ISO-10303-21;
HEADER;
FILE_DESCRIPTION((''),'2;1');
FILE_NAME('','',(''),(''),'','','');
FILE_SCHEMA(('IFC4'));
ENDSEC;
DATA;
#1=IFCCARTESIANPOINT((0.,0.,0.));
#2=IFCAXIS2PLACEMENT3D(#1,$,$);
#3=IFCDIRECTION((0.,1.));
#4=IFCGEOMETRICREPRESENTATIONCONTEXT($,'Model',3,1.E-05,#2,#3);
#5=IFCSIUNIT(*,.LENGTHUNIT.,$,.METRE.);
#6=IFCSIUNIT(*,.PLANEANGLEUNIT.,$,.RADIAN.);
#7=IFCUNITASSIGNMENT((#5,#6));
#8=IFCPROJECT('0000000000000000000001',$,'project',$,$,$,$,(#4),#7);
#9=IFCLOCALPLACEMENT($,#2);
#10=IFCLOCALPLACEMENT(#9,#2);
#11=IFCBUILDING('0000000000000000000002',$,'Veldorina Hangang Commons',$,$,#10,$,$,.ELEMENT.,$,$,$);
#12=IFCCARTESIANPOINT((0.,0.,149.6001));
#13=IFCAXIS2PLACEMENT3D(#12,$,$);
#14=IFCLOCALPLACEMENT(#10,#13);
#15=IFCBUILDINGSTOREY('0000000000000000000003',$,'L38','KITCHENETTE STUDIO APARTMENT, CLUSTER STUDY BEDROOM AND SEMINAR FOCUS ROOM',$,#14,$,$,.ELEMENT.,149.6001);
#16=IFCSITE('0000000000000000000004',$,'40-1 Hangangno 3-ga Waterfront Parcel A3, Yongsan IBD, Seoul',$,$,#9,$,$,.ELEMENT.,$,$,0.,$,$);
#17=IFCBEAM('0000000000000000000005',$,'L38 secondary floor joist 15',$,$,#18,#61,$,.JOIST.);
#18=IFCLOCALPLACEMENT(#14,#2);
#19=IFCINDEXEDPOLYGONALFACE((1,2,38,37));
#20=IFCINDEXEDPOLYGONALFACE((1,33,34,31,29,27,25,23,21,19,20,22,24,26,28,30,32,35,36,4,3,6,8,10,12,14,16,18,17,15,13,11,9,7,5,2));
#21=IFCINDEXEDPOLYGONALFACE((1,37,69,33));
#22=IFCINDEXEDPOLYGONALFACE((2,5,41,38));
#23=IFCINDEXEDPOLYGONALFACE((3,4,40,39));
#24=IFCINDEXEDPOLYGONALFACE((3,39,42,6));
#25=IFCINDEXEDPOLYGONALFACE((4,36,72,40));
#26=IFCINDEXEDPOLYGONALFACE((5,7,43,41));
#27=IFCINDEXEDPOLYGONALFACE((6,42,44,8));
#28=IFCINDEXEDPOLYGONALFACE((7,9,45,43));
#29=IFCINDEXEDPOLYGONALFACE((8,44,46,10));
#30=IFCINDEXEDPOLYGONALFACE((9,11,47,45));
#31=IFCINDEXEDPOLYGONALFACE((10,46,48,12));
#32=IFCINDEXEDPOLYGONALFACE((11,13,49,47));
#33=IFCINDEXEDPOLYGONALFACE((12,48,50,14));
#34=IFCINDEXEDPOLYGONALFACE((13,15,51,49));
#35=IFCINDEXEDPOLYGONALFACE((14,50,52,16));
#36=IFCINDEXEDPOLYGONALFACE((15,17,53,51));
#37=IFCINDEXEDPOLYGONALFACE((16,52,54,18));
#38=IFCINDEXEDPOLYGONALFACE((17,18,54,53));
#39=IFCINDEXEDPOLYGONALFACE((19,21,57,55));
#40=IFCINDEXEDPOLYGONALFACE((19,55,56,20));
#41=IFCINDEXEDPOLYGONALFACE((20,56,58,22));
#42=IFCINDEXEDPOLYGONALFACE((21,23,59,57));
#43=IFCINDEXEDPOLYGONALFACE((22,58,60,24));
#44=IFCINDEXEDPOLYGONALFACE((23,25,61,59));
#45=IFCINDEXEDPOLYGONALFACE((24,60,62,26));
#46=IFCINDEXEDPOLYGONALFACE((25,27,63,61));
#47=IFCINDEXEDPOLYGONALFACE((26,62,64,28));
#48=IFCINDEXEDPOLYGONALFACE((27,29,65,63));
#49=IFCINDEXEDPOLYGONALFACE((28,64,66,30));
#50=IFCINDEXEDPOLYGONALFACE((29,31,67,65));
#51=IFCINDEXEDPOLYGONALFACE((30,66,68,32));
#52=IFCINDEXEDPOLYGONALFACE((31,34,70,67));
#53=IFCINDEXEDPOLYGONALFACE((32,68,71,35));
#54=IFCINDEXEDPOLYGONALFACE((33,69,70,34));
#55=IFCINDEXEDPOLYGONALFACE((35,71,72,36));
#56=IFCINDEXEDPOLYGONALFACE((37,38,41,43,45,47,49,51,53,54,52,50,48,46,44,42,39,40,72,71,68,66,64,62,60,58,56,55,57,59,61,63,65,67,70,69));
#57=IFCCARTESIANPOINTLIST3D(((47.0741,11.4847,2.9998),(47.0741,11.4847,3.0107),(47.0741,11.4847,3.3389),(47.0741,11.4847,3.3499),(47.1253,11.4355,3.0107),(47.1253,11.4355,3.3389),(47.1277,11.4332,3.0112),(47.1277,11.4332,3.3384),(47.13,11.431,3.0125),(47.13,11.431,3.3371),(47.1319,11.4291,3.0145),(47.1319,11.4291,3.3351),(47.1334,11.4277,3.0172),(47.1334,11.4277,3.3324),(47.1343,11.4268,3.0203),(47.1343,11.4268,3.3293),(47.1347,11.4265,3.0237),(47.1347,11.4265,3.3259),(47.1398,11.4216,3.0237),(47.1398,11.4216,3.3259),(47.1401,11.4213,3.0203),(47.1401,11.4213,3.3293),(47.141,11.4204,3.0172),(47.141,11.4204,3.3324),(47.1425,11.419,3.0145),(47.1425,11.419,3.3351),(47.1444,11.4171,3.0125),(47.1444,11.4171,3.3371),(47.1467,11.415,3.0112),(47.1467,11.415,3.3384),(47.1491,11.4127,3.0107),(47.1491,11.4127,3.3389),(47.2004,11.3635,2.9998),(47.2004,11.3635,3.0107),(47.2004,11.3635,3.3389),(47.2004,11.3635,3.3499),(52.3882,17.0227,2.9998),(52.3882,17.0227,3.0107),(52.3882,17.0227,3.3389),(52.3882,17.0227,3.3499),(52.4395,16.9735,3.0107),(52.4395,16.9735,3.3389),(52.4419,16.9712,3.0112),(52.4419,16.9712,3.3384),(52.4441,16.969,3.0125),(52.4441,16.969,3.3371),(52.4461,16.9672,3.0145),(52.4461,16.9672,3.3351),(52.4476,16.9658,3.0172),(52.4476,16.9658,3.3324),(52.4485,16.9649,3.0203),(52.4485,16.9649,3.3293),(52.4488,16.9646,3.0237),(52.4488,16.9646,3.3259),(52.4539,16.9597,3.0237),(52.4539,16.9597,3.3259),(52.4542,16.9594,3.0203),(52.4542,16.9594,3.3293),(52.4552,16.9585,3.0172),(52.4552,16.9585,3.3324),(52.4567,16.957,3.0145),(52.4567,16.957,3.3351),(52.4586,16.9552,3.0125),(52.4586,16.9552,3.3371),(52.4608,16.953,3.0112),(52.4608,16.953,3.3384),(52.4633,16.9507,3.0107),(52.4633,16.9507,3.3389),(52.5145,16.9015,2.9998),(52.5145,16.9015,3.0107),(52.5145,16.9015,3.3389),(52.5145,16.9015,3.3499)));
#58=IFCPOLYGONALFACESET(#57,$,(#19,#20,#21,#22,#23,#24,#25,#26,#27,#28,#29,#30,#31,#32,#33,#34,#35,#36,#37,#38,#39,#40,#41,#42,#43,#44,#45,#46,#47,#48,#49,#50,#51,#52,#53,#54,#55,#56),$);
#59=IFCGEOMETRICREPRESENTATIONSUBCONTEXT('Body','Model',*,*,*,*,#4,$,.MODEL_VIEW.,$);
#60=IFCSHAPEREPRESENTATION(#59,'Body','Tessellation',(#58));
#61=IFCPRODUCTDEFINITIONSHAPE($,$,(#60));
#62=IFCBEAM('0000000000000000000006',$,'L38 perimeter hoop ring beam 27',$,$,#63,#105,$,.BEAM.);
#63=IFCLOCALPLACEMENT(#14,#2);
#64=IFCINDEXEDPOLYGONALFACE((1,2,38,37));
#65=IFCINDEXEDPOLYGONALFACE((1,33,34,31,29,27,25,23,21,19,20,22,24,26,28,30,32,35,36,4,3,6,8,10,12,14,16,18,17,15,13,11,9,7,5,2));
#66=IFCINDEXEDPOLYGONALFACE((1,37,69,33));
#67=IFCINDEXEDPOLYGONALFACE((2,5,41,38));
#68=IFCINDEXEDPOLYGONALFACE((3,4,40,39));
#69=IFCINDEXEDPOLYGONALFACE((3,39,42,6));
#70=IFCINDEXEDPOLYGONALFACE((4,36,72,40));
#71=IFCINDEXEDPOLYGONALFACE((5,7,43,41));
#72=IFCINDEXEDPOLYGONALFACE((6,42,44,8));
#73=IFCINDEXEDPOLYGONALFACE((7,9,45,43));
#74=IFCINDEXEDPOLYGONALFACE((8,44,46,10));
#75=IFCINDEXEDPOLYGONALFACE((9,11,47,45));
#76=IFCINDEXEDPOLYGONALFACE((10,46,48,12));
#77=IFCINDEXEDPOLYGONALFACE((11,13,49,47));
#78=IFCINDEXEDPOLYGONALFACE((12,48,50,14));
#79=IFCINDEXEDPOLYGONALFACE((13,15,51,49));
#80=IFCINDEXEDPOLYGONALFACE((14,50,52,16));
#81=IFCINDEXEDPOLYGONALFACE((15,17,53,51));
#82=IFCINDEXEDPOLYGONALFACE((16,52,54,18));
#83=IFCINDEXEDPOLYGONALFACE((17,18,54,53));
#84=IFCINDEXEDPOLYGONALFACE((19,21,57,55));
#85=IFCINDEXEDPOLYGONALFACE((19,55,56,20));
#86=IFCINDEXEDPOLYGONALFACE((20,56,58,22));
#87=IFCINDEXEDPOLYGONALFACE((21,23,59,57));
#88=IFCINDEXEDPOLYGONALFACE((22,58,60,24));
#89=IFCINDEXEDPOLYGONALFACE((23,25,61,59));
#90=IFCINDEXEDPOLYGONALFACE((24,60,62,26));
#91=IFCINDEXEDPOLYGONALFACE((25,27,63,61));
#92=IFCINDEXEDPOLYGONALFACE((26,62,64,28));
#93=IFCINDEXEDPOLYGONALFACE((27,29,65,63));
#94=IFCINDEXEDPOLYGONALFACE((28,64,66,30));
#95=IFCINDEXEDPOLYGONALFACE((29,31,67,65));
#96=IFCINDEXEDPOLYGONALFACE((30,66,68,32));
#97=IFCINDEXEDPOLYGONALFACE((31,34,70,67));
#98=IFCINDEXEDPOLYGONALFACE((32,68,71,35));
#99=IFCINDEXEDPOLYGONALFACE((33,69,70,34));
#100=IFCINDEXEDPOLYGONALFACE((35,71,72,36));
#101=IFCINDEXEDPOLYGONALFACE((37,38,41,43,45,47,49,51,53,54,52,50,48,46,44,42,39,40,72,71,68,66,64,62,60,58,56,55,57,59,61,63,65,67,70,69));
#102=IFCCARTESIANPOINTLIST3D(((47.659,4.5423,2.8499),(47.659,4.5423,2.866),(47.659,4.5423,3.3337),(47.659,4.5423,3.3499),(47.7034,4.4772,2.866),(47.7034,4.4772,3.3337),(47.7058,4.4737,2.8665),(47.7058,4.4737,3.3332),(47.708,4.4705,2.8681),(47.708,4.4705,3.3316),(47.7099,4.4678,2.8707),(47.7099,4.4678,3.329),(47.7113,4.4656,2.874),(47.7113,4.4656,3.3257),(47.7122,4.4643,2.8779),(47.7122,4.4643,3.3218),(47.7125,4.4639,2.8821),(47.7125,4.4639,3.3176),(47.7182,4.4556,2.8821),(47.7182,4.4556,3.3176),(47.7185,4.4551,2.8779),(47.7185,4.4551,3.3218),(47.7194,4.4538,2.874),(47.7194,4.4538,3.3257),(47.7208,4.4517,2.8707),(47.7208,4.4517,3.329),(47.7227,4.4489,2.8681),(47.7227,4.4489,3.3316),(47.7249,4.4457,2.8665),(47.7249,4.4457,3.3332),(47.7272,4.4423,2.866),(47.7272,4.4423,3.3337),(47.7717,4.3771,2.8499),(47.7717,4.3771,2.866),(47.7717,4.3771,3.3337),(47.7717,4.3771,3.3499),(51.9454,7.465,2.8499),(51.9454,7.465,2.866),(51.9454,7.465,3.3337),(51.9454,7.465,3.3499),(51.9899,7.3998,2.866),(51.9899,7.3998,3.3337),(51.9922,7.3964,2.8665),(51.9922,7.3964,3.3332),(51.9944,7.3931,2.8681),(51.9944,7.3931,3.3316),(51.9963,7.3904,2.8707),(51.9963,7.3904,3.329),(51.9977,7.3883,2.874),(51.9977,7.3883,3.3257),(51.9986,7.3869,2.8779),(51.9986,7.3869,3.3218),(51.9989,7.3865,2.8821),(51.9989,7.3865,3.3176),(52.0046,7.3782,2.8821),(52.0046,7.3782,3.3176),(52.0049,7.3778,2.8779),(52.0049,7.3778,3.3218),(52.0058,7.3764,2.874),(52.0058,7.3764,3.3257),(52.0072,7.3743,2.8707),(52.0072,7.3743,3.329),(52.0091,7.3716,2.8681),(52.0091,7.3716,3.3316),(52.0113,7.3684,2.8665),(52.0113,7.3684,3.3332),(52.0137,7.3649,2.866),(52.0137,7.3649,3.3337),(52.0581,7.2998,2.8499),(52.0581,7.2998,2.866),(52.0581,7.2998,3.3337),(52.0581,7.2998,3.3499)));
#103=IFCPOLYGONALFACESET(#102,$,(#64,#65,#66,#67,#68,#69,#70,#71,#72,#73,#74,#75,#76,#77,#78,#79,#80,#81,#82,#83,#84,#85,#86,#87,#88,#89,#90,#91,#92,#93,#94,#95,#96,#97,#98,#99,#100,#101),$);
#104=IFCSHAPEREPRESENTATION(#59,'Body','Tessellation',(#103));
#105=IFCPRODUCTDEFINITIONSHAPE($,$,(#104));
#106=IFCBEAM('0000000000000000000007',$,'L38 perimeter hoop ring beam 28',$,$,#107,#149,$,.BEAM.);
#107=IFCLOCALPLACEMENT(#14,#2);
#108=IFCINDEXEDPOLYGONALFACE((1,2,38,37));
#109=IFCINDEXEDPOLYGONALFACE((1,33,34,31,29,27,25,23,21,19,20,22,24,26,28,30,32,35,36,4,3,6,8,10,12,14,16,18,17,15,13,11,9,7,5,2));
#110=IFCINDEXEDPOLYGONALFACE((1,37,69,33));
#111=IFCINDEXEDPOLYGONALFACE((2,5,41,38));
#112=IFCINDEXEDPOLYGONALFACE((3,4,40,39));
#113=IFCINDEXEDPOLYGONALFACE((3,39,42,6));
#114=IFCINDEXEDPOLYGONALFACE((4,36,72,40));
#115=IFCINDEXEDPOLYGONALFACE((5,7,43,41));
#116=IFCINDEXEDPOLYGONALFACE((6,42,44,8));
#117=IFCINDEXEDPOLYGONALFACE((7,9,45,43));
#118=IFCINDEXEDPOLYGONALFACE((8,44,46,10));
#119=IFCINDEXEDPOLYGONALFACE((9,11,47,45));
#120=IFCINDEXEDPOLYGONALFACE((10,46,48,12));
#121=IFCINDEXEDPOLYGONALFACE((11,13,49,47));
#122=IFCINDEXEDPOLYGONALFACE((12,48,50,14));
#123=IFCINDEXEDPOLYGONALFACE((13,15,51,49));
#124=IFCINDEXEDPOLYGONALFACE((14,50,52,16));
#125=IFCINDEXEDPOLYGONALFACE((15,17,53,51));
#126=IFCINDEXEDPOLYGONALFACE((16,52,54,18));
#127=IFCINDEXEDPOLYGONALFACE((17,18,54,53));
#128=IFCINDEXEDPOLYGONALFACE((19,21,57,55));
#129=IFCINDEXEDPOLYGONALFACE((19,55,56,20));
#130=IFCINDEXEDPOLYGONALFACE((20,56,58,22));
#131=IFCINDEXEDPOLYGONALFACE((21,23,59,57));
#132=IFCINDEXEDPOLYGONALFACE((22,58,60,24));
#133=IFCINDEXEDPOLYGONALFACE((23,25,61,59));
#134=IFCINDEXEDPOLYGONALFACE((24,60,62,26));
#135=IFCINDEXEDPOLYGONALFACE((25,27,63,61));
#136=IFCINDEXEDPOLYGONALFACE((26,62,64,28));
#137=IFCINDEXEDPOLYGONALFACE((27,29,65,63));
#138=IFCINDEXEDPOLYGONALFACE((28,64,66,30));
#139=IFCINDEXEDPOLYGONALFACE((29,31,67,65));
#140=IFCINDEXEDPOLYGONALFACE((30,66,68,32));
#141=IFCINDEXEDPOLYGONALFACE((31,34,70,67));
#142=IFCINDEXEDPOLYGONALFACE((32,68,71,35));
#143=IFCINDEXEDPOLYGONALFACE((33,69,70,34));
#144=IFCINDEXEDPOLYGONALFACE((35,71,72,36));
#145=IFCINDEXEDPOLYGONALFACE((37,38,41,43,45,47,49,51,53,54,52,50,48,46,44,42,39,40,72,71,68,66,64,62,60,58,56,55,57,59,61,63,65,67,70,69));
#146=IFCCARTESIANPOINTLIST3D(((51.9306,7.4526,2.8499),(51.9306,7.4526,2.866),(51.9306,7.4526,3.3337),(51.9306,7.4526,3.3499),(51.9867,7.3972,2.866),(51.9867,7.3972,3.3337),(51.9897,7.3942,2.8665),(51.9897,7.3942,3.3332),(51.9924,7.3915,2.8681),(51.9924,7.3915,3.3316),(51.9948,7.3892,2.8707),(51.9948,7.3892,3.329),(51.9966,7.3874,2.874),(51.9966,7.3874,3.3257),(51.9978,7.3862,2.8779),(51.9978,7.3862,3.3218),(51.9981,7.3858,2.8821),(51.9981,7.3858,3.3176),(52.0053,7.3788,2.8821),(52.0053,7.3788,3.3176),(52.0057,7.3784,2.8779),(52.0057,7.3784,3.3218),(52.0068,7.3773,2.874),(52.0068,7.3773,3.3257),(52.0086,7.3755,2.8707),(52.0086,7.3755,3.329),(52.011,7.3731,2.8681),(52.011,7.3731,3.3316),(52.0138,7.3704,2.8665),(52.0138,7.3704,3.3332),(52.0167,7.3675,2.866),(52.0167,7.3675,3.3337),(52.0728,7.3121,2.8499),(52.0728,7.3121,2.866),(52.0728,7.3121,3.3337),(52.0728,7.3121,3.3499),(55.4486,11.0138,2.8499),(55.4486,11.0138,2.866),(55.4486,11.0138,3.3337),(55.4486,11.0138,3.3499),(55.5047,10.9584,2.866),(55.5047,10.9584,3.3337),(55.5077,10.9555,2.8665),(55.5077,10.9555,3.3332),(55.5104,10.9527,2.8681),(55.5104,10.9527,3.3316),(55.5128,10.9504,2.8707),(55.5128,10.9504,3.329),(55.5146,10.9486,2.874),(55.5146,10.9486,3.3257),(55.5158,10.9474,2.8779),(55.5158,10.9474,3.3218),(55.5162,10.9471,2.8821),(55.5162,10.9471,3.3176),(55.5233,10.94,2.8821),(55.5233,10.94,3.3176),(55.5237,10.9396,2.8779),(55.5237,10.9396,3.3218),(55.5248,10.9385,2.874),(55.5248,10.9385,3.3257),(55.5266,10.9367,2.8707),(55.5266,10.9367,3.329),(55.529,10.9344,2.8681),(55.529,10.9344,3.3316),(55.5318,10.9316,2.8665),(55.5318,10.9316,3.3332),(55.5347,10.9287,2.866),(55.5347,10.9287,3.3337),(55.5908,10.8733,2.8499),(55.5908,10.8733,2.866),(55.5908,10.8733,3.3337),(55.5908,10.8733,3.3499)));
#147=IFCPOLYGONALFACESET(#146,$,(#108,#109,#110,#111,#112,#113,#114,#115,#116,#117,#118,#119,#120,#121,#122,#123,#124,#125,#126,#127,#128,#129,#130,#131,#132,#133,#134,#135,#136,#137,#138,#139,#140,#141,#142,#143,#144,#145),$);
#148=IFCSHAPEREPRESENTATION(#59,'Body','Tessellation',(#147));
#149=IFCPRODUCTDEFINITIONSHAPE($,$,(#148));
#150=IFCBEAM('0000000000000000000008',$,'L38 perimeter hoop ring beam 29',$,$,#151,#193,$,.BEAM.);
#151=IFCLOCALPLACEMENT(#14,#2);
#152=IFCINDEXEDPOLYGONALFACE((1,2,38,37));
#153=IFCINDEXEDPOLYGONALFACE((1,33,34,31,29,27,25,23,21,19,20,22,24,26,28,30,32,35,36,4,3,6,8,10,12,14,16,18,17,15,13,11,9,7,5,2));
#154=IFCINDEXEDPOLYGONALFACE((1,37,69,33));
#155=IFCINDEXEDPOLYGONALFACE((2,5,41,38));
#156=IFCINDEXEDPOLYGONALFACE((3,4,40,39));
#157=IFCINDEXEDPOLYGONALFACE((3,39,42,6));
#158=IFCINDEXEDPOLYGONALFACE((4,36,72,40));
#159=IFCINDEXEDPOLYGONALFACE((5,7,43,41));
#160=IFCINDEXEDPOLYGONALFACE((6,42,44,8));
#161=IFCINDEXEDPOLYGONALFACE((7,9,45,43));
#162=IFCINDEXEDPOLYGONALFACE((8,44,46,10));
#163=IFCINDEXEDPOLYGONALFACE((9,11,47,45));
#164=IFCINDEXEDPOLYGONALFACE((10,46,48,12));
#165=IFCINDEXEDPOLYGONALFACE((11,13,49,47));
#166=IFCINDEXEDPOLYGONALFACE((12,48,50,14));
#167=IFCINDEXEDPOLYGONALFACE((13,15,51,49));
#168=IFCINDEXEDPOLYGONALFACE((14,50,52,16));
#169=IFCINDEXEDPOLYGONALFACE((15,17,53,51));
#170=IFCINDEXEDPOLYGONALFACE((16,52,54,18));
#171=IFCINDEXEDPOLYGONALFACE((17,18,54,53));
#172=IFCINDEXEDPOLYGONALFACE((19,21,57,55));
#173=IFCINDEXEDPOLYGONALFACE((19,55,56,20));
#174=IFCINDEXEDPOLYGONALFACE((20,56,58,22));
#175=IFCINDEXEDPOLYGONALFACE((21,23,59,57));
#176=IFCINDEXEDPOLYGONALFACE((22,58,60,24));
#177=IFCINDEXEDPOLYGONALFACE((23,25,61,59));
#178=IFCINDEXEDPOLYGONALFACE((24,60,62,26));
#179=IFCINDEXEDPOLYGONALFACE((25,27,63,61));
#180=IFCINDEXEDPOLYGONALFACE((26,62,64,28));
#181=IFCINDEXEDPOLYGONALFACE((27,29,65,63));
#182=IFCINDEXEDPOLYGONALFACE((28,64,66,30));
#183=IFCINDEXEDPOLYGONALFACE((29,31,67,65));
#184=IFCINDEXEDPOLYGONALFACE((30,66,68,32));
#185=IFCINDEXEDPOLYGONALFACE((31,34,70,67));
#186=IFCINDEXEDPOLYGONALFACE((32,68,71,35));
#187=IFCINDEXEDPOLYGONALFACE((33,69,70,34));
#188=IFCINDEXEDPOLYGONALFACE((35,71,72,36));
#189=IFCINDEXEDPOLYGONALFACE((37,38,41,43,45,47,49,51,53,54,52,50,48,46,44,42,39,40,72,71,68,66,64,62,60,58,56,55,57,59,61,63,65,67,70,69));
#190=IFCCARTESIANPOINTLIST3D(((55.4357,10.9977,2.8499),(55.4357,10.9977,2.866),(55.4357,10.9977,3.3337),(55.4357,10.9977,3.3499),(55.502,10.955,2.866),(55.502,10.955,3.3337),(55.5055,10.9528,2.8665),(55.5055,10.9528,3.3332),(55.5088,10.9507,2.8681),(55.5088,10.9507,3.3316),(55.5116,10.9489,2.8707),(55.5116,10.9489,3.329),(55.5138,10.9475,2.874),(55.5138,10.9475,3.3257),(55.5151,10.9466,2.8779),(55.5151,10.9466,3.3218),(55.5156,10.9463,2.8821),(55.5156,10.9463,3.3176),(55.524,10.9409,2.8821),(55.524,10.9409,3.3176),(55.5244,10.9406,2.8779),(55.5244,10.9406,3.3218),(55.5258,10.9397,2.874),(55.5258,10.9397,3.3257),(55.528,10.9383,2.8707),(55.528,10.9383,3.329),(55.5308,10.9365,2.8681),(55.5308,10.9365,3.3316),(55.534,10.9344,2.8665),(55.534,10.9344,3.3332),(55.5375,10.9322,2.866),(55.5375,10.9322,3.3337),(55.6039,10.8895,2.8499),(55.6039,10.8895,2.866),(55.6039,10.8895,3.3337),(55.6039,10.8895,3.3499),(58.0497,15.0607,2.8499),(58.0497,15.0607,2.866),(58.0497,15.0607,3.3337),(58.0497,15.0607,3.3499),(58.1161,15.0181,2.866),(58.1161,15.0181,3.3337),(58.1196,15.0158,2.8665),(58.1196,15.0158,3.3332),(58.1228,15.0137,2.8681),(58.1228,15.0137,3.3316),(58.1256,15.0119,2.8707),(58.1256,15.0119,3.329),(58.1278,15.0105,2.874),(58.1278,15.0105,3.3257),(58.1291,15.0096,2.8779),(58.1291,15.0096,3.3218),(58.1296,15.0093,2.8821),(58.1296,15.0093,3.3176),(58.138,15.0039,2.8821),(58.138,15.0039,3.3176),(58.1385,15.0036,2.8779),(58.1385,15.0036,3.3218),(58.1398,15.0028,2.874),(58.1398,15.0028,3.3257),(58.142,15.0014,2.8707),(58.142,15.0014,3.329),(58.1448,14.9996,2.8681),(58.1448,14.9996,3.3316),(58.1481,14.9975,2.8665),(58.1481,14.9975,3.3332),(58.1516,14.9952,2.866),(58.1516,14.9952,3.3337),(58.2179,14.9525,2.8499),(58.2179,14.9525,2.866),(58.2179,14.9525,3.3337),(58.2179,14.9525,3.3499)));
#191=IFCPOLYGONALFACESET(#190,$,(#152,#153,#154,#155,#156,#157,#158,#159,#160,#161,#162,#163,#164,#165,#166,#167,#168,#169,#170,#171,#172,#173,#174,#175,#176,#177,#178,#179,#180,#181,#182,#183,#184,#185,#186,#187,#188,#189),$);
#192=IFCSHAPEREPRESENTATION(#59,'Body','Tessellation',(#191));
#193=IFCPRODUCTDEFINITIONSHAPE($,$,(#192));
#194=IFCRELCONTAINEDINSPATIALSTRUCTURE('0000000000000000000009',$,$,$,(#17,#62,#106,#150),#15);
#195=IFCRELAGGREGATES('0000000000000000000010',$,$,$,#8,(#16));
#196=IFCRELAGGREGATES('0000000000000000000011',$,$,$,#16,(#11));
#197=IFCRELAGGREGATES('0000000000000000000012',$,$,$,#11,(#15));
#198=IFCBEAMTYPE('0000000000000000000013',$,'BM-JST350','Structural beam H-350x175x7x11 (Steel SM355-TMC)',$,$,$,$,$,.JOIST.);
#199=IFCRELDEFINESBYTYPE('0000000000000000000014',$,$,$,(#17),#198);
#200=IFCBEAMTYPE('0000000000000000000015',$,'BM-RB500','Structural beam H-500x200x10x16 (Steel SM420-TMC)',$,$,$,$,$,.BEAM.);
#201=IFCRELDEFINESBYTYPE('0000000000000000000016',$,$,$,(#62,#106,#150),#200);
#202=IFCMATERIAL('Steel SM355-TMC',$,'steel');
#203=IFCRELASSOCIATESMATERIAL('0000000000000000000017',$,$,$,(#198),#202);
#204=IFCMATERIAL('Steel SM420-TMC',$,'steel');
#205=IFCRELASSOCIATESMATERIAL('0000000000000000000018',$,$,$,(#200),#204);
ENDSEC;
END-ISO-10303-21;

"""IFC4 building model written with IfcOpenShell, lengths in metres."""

from ifc_helpers import new_model, si_unit, direction, frame, origin, origin_2d, place, context, subcontext, project, spatial, i_section, extrude, material, material_profile, profile_set, type_object, element, save


model = new_model("IFC4")

# Units and contexts
model_context = context("Model", 3, precision=1e-05, world=origin(), true_north=direction((0.0, 1.0)))
body_context = subcontext(model_context, "Body", "Model", "MODEL_VIEW")
ifc_project = project(units=[si_unit("LENGTHUNIT", "METRE"), si_unit("PLANEANGLEUNIT", "RADIAN")], contexts=[model_context])

# Site, building, storey
site_placement = place(None, origin())
site = spatial("IfcSite", under=ifc_project, at=site_placement, Name="40-1 Hangangno 3-ga Waterfront Parcel A3, Yongsan IBD, Seoul", CompositionType="ELEMENT", RefElevation=0.0)
building_placement = place(site_placement, origin())
building = spatial("IfcBuilding", under=site, at=building_placement, Name="Veldorina Hangang Commons", CompositionType="ELEMENT")
storey_placement = place(building_placement, frame((0.0, 0.0, 149.6001)))
storey = spatial("IfcBuildingStorey", under=building, at=storey_placement, Name="L38", Description="KITCHENETTE STUDIO APARTMENT, CLUSTER STUDY BEDROOM AND SEMINAR FOCUS ROOM", CompositionType="ELEMENT", Elevation=149.6001)

# Beams
ifc_material_1 = material(Name="Steel SM355-TMC", Category="steel")
ifc_material_profile_1 = material_profile(ifc_material_1, i_section(OverallWidth=0.175, OverallDepth=0.3501, WebThickness=0.0071, FlangeThickness=0.011, FilletRadius=0.0129, at=origin_2d()), Name="H-350x175x7x11")
ifc_profile_set_1 = profile_set([ifc_material_profile_1], Name="Steel SM355-TMC")
beam_type_1 = type_object("IfcBeamType", Name="BM-JST350", Description="Structural beam H-350x175x7x11 (Steel SM355-TMC)", PredefinedType="JOIST", material=ifc_profile_set_1)
beam_1_placement = place(storey_placement, frame((47.1372, 11.4241, 3.1748), z_axis=(0.692372, 0.72154, 0.0), x_axis=(-0.72154, 0.692372, 0.0)))
element("IfcBeam", 1, at=beam_1_placement, inside=storey, type_object=beam_type_1, Name="L38 secondary floor joist 15", PredefinedType="JOIST", context=body_context, shape_type="SweptSolid", body=[
    extrude(i_section(OverallWidth=0.175, OverallDepth=0.3501, WebThickness=0.0071, FlangeThickness=0.011, FilletRadius=0.0129, at=origin_2d()), origin(), (0.0, 0.0, 1.0), 7.6753),
])
ifc_material_2 = material(Name="Steel SM420-TMC", Category="steel")
ifc_material_profile_2 = material_profile(ifc_material_2, i_section(OverallWidth=0.2, OverallDepth=0.5, WebThickness=0.01, FlangeThickness=0.0161, FilletRadius=0.0161, at=origin_2d()), Name="H-500x200x10x16")
ifc_profile_set_2 = profile_set([ifc_material_profile_2], Name="Steel SM420-TMC")
beam_type_2 = type_object("IfcBeamType", Name="BM-RB500", Description="Structural beam H-500x200x10x16 (Steel SM420-TMC)", PredefinedType="BEAM", material=ifc_profile_set_2)
beam_2_placement = place(storey_placement, frame((47.7153, 4.4597, 3.0999), z_axis=(0.82622, 0.563347, 0.0), x_axis=(-0.563347, 0.82622, 0.0)))
element("IfcBeam", 2, at=beam_2_placement, inside=storey, type_object=beam_type_2, Name="L38 perimeter hoop ring beam 27", PredefinedType="BEAM", context=body_context, shape_type="SweptSolid", body=[
    extrude(i_section(OverallWidth=0.2, OverallDepth=0.5, WebThickness=0.01, FlangeThickness=0.0161, FilletRadius=0.0161, at=origin_2d()), origin(), (0.0, 0.0, 1.0), 5.188),
])
beam_3_placement = place(storey_placement, frame((52.0017, 7.3823, 3.0999), z_axis=(0.702777, 0.71141, 0.0), x_axis=(-0.71141, 0.702777, 0.0)))
element("IfcBeam", 3, at=beam_3_placement, inside=storey, type_object=beam_type_2, Name="L38 perimeter hoop ring beam 28", PredefinedType="BEAM", context=body_context, shape_type="SweptSolid", body=[
    extrude(i_section(OverallWidth=0.2, OverallDepth=0.5, WebThickness=0.01, FlangeThickness=0.0161, FilletRadius=0.0161, at=origin_2d()), origin(), (0.0, 0.0, 1.0), 5.0059),
])
beam_4_placement = place(storey_placement, frame((55.5198, 10.9436, 3.0999), z_axis=(0.541064, 0.840981, 0.0), x_axis=(-0.840981, 0.541064, 0.0)))
element("IfcBeam", 4, at=beam_4_placement, inside=storey, type_object=beam_type_2, Name="L38 perimeter hoop ring beam 29", PredefinedType="BEAM", context=body_context, shape_type="SweptSolid", body=[
    extrude(i_section(OverallWidth=0.2, OverallDepth=0.5, WebThickness=0.01, FlangeThickness=0.0161, FilletRadius=0.0161, at=origin_2d()), origin(), (0.0, 0.0, 1.0), 4.8313),
])

save(model, "model.ifc")
